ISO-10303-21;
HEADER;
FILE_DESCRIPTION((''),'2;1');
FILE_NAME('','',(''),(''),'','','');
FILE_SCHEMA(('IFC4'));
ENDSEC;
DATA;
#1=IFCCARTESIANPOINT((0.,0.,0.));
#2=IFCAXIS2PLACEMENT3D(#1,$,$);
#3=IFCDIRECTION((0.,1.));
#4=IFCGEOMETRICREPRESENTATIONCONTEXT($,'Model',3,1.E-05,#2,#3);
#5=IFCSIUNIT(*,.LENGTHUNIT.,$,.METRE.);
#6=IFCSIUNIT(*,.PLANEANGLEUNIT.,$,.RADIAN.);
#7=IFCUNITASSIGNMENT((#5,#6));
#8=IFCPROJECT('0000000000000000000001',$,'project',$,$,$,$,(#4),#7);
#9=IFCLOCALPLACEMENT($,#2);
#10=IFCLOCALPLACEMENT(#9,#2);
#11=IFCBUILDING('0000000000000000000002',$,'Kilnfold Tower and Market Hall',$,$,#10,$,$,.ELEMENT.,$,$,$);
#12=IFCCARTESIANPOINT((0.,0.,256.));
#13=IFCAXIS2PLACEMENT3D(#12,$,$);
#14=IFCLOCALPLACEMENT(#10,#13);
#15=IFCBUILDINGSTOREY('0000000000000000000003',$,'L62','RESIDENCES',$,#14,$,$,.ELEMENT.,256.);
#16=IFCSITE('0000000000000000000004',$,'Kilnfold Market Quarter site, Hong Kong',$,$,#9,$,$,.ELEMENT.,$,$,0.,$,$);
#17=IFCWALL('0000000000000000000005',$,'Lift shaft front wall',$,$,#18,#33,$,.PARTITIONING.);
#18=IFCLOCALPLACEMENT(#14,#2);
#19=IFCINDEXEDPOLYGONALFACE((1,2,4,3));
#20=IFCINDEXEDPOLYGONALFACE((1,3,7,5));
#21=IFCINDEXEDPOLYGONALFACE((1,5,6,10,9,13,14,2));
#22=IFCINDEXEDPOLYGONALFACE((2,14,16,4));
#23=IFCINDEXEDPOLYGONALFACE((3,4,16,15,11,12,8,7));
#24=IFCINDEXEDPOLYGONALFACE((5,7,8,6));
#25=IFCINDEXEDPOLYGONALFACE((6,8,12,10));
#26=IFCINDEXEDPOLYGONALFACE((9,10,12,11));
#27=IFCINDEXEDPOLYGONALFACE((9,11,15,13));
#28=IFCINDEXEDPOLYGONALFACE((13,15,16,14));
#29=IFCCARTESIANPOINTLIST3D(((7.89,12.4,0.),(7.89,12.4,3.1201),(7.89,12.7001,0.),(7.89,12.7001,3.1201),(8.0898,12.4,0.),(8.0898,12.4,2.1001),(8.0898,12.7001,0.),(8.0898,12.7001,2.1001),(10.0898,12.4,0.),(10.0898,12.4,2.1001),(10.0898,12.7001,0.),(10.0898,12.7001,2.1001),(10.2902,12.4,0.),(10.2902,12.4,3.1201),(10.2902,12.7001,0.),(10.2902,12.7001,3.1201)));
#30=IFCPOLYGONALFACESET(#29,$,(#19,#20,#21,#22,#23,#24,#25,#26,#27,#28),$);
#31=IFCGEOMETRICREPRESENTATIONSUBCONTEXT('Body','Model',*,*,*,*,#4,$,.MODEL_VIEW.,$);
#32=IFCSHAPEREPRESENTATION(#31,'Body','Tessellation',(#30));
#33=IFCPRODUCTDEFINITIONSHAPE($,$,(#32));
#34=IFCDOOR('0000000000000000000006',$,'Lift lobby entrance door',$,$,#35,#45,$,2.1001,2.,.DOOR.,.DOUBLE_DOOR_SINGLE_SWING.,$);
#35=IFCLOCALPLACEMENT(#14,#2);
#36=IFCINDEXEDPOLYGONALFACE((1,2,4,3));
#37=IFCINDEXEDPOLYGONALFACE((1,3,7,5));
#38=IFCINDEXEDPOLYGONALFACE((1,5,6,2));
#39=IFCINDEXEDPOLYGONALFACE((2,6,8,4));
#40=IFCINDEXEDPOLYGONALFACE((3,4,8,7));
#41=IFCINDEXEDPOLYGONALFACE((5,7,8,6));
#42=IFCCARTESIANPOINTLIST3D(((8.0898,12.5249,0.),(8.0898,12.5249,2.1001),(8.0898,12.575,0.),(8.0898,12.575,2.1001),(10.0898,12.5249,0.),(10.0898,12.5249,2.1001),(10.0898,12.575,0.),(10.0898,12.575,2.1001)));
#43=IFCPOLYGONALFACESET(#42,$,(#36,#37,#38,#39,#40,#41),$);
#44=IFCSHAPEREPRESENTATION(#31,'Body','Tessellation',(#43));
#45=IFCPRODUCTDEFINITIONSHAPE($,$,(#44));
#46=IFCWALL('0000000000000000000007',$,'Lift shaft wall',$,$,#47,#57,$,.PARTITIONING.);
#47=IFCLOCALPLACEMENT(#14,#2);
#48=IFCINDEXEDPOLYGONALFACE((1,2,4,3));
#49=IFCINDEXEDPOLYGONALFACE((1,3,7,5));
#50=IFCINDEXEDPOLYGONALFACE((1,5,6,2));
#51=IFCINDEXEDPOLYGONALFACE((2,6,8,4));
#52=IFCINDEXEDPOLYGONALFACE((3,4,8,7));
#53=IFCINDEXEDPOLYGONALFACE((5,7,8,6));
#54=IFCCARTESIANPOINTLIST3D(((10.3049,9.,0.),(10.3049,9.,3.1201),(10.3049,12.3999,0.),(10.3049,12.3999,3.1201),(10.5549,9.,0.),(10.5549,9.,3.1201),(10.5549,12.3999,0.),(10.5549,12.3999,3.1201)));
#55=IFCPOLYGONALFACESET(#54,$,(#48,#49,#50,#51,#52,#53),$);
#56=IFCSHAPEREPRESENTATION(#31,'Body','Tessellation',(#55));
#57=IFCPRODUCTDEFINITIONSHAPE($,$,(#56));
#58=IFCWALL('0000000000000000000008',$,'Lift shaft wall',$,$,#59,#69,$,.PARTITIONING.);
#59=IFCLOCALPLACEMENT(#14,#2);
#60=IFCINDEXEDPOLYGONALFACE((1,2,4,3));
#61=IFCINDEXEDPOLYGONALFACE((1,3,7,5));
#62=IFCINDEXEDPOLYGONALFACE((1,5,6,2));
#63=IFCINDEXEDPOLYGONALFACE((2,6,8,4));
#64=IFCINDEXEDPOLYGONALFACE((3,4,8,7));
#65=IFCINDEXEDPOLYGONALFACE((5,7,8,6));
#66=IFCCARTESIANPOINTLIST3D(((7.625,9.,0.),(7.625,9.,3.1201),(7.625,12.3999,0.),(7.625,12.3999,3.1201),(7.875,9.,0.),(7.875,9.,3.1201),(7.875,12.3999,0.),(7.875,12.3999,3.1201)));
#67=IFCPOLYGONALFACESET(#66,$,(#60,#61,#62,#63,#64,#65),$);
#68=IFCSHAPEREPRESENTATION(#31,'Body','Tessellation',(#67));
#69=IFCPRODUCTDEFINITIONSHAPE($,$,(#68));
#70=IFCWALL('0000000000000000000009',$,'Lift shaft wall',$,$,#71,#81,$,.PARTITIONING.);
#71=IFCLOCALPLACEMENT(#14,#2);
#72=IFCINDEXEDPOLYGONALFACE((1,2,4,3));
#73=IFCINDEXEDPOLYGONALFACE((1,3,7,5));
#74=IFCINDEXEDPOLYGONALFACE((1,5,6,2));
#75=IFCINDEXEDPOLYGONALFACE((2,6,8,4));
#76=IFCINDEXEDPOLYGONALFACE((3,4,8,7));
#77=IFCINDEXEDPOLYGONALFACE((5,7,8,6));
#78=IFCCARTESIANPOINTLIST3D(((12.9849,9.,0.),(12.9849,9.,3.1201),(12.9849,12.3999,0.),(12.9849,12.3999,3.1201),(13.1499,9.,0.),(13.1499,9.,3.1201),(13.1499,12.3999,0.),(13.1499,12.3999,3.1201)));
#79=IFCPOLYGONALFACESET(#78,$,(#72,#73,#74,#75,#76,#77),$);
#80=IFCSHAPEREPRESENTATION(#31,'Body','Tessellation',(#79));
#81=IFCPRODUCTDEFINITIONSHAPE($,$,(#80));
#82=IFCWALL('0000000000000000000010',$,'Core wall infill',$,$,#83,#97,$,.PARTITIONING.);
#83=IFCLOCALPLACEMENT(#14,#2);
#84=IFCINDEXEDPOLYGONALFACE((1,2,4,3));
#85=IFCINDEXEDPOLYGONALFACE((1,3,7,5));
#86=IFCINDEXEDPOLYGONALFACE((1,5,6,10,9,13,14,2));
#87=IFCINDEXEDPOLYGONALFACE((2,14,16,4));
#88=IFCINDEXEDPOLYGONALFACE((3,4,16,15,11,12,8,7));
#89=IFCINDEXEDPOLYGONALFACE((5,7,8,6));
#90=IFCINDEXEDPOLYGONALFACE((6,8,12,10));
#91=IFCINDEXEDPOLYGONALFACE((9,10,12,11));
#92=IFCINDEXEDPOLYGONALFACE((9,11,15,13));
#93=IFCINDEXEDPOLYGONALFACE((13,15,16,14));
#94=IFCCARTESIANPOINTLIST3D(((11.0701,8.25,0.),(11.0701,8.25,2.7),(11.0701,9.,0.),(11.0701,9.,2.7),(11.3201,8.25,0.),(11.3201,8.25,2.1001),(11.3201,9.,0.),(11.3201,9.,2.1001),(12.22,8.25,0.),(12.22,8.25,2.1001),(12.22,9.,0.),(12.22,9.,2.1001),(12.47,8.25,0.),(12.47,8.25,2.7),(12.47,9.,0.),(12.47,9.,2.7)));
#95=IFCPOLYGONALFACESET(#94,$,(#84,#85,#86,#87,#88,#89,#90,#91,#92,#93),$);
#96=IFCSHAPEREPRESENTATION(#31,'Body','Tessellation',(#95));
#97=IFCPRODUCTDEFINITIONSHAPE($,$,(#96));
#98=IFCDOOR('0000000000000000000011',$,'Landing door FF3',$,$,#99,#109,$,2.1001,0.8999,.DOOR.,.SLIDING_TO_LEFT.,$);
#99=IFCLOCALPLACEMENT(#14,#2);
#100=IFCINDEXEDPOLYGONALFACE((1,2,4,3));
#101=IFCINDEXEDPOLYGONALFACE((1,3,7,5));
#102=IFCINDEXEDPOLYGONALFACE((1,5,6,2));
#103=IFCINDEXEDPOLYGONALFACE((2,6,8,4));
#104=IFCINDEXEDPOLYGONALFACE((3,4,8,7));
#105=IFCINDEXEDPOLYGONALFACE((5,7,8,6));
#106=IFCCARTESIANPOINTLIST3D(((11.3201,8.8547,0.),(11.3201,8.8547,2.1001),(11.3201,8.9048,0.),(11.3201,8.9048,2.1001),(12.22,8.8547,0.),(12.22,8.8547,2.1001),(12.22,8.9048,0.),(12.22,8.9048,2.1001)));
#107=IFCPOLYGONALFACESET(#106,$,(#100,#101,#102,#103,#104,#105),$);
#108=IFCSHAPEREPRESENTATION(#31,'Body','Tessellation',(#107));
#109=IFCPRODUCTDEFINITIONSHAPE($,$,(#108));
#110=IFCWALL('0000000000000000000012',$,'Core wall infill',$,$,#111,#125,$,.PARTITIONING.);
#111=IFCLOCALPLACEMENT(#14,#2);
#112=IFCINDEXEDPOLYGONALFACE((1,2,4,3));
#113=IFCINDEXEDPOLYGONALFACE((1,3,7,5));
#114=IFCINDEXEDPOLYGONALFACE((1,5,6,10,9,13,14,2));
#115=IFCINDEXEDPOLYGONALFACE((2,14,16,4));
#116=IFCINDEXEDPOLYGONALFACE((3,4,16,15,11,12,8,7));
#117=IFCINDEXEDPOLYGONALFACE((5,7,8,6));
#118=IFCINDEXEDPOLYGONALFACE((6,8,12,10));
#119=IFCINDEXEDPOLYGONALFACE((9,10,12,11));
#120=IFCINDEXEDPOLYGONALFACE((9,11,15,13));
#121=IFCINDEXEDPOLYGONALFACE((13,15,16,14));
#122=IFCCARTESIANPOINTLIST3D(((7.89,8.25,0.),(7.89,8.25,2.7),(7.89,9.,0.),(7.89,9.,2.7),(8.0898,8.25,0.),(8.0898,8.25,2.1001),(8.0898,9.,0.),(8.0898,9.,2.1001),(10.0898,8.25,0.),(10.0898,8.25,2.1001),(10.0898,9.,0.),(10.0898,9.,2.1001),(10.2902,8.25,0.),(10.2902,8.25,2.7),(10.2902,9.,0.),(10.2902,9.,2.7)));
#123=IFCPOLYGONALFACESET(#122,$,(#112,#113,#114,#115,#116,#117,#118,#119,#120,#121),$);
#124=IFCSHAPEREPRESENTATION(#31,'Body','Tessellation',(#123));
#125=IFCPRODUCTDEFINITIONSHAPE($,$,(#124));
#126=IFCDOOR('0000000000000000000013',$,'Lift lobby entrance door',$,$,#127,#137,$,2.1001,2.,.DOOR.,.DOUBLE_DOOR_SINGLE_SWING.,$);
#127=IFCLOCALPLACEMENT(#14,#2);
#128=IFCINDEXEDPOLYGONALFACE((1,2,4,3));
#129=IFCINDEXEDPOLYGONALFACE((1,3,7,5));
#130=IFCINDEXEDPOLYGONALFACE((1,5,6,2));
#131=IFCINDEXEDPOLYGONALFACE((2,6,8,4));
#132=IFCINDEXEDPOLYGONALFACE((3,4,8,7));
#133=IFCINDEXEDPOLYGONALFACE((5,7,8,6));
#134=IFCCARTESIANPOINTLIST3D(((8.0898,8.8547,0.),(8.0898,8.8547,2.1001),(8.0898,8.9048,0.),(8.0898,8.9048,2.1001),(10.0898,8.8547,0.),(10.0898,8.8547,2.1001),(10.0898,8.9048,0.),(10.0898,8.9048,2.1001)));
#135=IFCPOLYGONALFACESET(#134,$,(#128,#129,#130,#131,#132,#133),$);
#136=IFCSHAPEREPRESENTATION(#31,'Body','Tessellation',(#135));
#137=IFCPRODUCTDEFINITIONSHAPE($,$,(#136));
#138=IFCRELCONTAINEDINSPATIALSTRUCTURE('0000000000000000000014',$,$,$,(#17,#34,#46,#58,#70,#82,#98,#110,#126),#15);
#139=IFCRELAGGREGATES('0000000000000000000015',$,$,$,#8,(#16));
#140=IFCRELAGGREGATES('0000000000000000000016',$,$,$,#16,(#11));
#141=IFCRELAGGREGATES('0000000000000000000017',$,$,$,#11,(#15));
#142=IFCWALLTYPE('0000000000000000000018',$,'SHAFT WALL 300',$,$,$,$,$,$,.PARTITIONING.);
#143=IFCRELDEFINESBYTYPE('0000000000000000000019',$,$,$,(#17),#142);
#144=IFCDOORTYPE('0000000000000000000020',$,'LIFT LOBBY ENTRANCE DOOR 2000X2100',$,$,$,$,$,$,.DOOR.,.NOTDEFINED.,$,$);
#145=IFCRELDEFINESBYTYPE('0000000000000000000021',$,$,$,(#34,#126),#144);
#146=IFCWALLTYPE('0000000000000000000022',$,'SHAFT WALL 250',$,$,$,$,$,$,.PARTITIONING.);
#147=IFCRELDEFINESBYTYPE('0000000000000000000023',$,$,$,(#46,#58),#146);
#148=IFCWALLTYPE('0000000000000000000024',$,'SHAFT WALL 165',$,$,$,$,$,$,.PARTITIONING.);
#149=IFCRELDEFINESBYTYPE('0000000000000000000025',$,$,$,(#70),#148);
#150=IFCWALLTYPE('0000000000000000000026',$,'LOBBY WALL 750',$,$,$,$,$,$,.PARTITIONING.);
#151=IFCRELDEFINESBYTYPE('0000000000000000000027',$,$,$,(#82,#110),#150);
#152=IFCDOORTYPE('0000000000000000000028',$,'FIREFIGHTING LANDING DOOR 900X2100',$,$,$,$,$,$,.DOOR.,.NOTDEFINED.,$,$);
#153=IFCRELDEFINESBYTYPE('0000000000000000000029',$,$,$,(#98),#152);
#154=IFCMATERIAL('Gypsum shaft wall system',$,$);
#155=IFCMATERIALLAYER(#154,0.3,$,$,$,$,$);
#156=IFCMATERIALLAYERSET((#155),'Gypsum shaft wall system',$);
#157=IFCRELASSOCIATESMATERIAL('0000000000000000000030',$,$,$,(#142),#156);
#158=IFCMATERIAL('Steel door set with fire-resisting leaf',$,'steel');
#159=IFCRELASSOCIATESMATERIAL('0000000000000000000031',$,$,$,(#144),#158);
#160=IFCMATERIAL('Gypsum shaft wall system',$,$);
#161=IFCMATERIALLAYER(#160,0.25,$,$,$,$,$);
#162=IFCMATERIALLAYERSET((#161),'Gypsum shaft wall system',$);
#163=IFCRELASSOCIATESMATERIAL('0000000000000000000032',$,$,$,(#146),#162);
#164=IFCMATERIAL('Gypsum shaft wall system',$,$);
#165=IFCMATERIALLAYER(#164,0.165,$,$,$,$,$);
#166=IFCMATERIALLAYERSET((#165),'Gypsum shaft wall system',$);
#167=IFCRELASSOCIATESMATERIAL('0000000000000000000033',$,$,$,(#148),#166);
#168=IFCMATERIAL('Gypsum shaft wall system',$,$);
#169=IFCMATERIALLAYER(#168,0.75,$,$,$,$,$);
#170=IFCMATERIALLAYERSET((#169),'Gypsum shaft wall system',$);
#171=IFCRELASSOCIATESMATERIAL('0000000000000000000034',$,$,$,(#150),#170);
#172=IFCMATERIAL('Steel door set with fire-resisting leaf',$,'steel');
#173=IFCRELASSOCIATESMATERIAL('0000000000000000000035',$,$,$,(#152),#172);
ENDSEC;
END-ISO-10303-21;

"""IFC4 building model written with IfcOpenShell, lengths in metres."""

from ifc_helpers import new_model, si_unit, direction, frame, frame_2d, origin, place, context, subcontext, project, spatial, rectangle, extrude, source, transform, mapped, material, layer, layer_set, type_object, element, fill, save


model = new_model("IFC4")

# Units and contexts
model_context = context("Model", 3, precision=1e-05, world=origin(), true_north=direction((0.0, 1.0)))
body_context = subcontext(model_context, "Body", "Model", "MODEL_VIEW")
ifc_project = project(units=[si_unit("LENGTHUNIT", "METRE"), si_unit("PLANEANGLEUNIT", "RADIAN")], contexts=[model_context])

# Site, building, storey
site_placement = place(None, origin())
site = spatial("IfcSite", under=ifc_project, at=site_placement, Name="Kilnfold Market Quarter site, Hong Kong", CompositionType="ELEMENT", RefElevation=0.0)
building_placement = place(site_placement, origin())
building = spatial("IfcBuilding", under=site, at=building_placement, Name="Kilnfold Tower and Market Hall", CompositionType="ELEMENT")
storey_placement = place(building_placement, frame((0.0, 0.0, 256.0)))
storey = spatial("IfcBuildingStorey", under=building, at=storey_placement, Name="L62", Description="RESIDENCES", CompositionType="ELEMENT", Elevation=256.0)

# Wall, opening, door
ifc_material_1 = material(Name="Gypsum shaft wall system")
ifc_layer_1 = layer(ifc_material_1, 0.3)
ifc_layer_set_1 = layer_set([ifc_layer_1], Name="Gypsum shaft wall system")
wall_type_1 = type_object("IfcWallType", Name="SHAFT WALL 300", PredefinedType="PARTITIONING", material=ifc_layer_set_1)
shared_shape_1 = source(origin(), body_context, "Body", "SweptSolid", [
    extrude(rectangle(XDim=2.4001, YDim=0.3, at=frame_2d((1.2002, 0.0))), origin(), (0.0, 0.0, 1.0), 3.1201),
])
wall_1_placement = place(storey_placement, frame((7.8899, 12.55, 0.0), z_axis=(0.0, 0.0, 1.0), x_axis=(1.0, 0.0, 0.0)))
wall_1 = element("IfcWall", 1, at=wall_1_placement, inside=storey, type_object=wall_type_1, Name="Lift shaft front wall", PredefinedType="PARTITIONING", context=body_context, shape_type="MappedRepresentation", body=[
    mapped(shared_shape_1, transform((0.0, 0.0, 0.0))),
])
opening_1_placement = place(wall_1_placement, frame((0.2, 0.0, 0.0)))
opening_1 = element("IfcOpeningElement", 2, at=opening_1_placement, cuts=wall_1, PredefinedType="OPENING", context=body_context, shape_type="SweptSolid", body=[
    extrude(rectangle(XDim=2.0, YDim=2.1001, at=frame_2d((1.0, 1.05))), frame((0.0, 0.1602, 0.0), z_axis=(0.0, -1.0, 0.0), x_axis=(1.0, 0.0, 0.0)), (0.0, 0.0, 1.0), 0.3201),
])
ifc_material_2 = material(Name="Steel door set with fire-resisting leaf", Category="steel")
door_type_1 = type_object("IfcDoorType", Name="LIFT LOBBY ENTRANCE DOOR 2000X2100", OperationType="NOTDEFINED", PredefinedType="DOOR", material=ifc_material_2)
door_1_placement = place(opening_1_placement, origin())
door_1 = element("IfcDoor", 3, at=door_1_placement, inside=storey, type_object=door_type_1, Name="Lift lobby entrance door", OperationType="DOUBLE_DOOR_SINGLE_SWING", OverallHeight=2.1001, OverallWidth=2.0, PredefinedType="DOOR", context=body_context, shape_type="SweptSolid", body=[
    extrude(rectangle(XDim=2.0, YDim=2.1001, at=frame_2d((1.0, 1.05))), frame((0.0, 0.0249, 0.0), z_axis=(0.0, -1.0, 0.0), x_axis=(1.0, 0.0, 0.0)), (0.0, 0.0, 1.0), 0.05),
])
fill(opening_1, door_1)

# Walls
ifc_material_3 = material(Name="Gypsum shaft wall system")
ifc_layer_2 = layer(ifc_material_3, 0.25)
ifc_layer_set_2 = layer_set([ifc_layer_2], Name="Gypsum shaft wall system")
wall_type_2 = type_object("IfcWallType", Name="SHAFT WALL 250", PredefinedType="PARTITIONING", material=ifc_layer_set_2)
shared_shape_2 = source(origin(), body_context, "Body", "SweptSolid", [
    extrude(rectangle(XDim=3.3999, YDim=0.25, at=frame_2d((1.7, 0.0))), origin(), (0.0, 0.0, 1.0), 3.1201),
])
for number, where, z_axis, x_axis, name in (
    (4, (10.4299, 9.0, 0.0), (0.0, 0.0, 1.0), (0.0, 1.0, 0.0), "Lift shaft wall"),
    (5, (7.75, 9.0, 0.0), (0.0, 0.0, 1.0), (0.0, 1.0, 0.0), "Lift shaft wall"),
):
    element("IfcWall", number, at=place(storey_placement, frame(where, z_axis=z_axis, x_axis=x_axis)), inside=storey, type_object=wall_type_2, Name=name, PredefinedType="PARTITIONING", context=body_context, shape_type="MappedRepresentation", body=[
        mapped(shared_shape_2, transform((0.0, 0.0, 0.0))),
    ])
ifc_material_4 = material(Name="Gypsum shaft wall system")
ifc_layer_3 = layer(ifc_material_4, 0.165)
ifc_layer_set_3 = layer_set([ifc_layer_3], Name="Gypsum shaft wall system")
wall_type_3 = type_object("IfcWallType", Name="SHAFT WALL 165", PredefinedType="PARTITIONING", material=ifc_layer_set_3)
shared_shape_3 = source(origin(), body_context, "Body", "SweptSolid", [
    extrude(rectangle(XDim=3.3999, YDim=0.165, at=frame_2d((1.7, 0.0))), origin(), (0.0, 0.0, 1.0), 3.1201),
])
wall_2_placement = place(storey_placement, frame((13.0674, 9.0, 0.0), z_axis=(0.0, 0.0, 1.0), x_axis=(0.0, 1.0, 0.0)))
element("IfcWall", 6, at=wall_2_placement, inside=storey, type_object=wall_type_3, Name="Lift shaft wall", PredefinedType="PARTITIONING", context=body_context, shape_type="MappedRepresentation", body=[
    mapped(shared_shape_3, transform((0.0, 0.0, 0.0))),
])

# Walls, openings, doors
ifc_material_5 = material(Name="Gypsum shaft wall system")
ifc_layer_4 = layer(ifc_material_5, 0.75)
ifc_layer_set_4 = layer_set([ifc_layer_4], Name="Gypsum shaft wall system")
wall_type_4 = type_object("IfcWallType", Name="LOBBY WALL 750", PredefinedType="PARTITIONING", material=ifc_layer_set_4)
shared_shape_4 = source(origin(), body_context, "Body", "SweptSolid", [
    extrude(rectangle(XDim=1.3999, YDim=0.75, at=frame_2d((0.7, 0.0))), origin(), (0.0, 0.0, 1.0), 2.7),
])
wall_3_placement = place(storey_placement, frame((11.0701, 8.625, 0.0), z_axis=(0.0, 0.0, 1.0), x_axis=(1.0, 0.0, 0.0)))
wall_3 = element("IfcWall", 7, at=wall_3_placement, inside=storey, type_object=wall_type_4, Name="Core wall infill", PredefinedType="PARTITIONING", context=body_context, shape_type="MappedRepresentation", body=[
    mapped(shared_shape_4, transform((0.0, 0.0, 0.0))),
])
opening_2_placement = place(wall_3_placement, frame((0.25, 0.0, 0.0)))
opening_2 = element("IfcOpeningElement", 8, at=opening_2_placement, cuts=wall_3, PredefinedType="OPENING", context=body_context, shape_type="SweptSolid", body=[
    extrude(rectangle(XDim=0.8999, YDim=2.1001, at=frame_2d((0.45, 1.05))), frame((0.0, 0.385, 0.0), z_axis=(0.0, -1.0, 0.0), x_axis=(1.0, 0.0, 0.0)), (0.0, 0.0, 1.0), 0.77),
])
ifc_material_6 = material(Name="Steel door set with fire-resisting leaf", Category="steel")
door_type_2 = type_object("IfcDoorType", Name="FIREFIGHTING LANDING DOOR 900X2100", OperationType="NOTDEFINED", PredefinedType="DOOR", material=ifc_material_6)
door_2_placement = place(opening_2_placement, origin())
door_2 = element("IfcDoor", 9, at=door_2_placement, inside=storey, type_object=door_type_2, Name="Landing door FF3", OperationType="SLIDING_TO_LEFT", OverallHeight=2.1001, OverallWidth=0.8999, PredefinedType="DOOR", context=body_context, shape_type="SweptSolid", body=[
    extrude(rectangle(XDim=0.8999, YDim=2.1001, at=frame_2d((0.45, 1.05))), frame((0.0, 0.2798, 0.0), z_axis=(0.0, -1.0, 0.0), x_axis=(1.0, 0.0, 0.0)), (0.0, 0.0, 1.0), 0.05),
])
fill(opening_2, door_2)
shared_shape_5 = source(origin(), body_context, "Body", "SweptSolid", [
    extrude(rectangle(XDim=2.4001, YDim=0.75, at=frame_2d((1.2002, 0.0))), origin(), (0.0, 0.0, 1.0), 2.7),
])
wall_4_placement = place(storey_placement, frame((7.8899, 8.625, 0.0), z_axis=(0.0, 0.0, 1.0), x_axis=(1.0, 0.0, 0.0)))
wall_4 = element("IfcWall", 10, at=wall_4_placement, inside=storey, type_object=wall_type_4, Name="Core wall infill", PredefinedType="PARTITIONING", context=body_context, shape_type="MappedRepresentation", body=[
    mapped(shared_shape_5, transform((0.0, 0.0, 0.0))),
])
opening_3_placement = place(wall_4_placement, frame((0.2, 0.0, 0.0)))
opening_3 = element("IfcOpeningElement", 11, at=opening_3_placement, cuts=wall_4, PredefinedType="OPENING", context=body_context, shape_type="SweptSolid", body=[
    extrude(rectangle(XDim=2.0, YDim=2.1001, at=frame_2d((1.0, 1.05))), frame((0.0, 0.385, 0.0), z_axis=(0.0, -1.0, 0.0), x_axis=(1.0, 0.0, 0.0)), (0.0, 0.0, 1.0), 0.77),
])
door_3_placement = place(opening_3_placement, origin())
door_3 = element("IfcDoor", 12, at=door_3_placement, inside=storey, type_object=door_type_1, Name="Lift lobby entrance door", OperationType="DOUBLE_DOOR_SINGLE_SWING", OverallHeight=2.1001, OverallWidth=2.0, PredefinedType="DOOR", context=body_context, shape_type="SweptSolid", body=[
    extrude(rectangle(XDim=2.0, YDim=2.1001, at=frame_2d((1.0, 1.05))), frame((0.0, 0.2798, 0.0), z_axis=(0.0, -1.0, 0.0), x_axis=(1.0, 0.0, 0.0)), (0.0, 0.0, 1.0), 0.05),
])
fill(opening_3, door_3)

save(model, "model.ifc")
